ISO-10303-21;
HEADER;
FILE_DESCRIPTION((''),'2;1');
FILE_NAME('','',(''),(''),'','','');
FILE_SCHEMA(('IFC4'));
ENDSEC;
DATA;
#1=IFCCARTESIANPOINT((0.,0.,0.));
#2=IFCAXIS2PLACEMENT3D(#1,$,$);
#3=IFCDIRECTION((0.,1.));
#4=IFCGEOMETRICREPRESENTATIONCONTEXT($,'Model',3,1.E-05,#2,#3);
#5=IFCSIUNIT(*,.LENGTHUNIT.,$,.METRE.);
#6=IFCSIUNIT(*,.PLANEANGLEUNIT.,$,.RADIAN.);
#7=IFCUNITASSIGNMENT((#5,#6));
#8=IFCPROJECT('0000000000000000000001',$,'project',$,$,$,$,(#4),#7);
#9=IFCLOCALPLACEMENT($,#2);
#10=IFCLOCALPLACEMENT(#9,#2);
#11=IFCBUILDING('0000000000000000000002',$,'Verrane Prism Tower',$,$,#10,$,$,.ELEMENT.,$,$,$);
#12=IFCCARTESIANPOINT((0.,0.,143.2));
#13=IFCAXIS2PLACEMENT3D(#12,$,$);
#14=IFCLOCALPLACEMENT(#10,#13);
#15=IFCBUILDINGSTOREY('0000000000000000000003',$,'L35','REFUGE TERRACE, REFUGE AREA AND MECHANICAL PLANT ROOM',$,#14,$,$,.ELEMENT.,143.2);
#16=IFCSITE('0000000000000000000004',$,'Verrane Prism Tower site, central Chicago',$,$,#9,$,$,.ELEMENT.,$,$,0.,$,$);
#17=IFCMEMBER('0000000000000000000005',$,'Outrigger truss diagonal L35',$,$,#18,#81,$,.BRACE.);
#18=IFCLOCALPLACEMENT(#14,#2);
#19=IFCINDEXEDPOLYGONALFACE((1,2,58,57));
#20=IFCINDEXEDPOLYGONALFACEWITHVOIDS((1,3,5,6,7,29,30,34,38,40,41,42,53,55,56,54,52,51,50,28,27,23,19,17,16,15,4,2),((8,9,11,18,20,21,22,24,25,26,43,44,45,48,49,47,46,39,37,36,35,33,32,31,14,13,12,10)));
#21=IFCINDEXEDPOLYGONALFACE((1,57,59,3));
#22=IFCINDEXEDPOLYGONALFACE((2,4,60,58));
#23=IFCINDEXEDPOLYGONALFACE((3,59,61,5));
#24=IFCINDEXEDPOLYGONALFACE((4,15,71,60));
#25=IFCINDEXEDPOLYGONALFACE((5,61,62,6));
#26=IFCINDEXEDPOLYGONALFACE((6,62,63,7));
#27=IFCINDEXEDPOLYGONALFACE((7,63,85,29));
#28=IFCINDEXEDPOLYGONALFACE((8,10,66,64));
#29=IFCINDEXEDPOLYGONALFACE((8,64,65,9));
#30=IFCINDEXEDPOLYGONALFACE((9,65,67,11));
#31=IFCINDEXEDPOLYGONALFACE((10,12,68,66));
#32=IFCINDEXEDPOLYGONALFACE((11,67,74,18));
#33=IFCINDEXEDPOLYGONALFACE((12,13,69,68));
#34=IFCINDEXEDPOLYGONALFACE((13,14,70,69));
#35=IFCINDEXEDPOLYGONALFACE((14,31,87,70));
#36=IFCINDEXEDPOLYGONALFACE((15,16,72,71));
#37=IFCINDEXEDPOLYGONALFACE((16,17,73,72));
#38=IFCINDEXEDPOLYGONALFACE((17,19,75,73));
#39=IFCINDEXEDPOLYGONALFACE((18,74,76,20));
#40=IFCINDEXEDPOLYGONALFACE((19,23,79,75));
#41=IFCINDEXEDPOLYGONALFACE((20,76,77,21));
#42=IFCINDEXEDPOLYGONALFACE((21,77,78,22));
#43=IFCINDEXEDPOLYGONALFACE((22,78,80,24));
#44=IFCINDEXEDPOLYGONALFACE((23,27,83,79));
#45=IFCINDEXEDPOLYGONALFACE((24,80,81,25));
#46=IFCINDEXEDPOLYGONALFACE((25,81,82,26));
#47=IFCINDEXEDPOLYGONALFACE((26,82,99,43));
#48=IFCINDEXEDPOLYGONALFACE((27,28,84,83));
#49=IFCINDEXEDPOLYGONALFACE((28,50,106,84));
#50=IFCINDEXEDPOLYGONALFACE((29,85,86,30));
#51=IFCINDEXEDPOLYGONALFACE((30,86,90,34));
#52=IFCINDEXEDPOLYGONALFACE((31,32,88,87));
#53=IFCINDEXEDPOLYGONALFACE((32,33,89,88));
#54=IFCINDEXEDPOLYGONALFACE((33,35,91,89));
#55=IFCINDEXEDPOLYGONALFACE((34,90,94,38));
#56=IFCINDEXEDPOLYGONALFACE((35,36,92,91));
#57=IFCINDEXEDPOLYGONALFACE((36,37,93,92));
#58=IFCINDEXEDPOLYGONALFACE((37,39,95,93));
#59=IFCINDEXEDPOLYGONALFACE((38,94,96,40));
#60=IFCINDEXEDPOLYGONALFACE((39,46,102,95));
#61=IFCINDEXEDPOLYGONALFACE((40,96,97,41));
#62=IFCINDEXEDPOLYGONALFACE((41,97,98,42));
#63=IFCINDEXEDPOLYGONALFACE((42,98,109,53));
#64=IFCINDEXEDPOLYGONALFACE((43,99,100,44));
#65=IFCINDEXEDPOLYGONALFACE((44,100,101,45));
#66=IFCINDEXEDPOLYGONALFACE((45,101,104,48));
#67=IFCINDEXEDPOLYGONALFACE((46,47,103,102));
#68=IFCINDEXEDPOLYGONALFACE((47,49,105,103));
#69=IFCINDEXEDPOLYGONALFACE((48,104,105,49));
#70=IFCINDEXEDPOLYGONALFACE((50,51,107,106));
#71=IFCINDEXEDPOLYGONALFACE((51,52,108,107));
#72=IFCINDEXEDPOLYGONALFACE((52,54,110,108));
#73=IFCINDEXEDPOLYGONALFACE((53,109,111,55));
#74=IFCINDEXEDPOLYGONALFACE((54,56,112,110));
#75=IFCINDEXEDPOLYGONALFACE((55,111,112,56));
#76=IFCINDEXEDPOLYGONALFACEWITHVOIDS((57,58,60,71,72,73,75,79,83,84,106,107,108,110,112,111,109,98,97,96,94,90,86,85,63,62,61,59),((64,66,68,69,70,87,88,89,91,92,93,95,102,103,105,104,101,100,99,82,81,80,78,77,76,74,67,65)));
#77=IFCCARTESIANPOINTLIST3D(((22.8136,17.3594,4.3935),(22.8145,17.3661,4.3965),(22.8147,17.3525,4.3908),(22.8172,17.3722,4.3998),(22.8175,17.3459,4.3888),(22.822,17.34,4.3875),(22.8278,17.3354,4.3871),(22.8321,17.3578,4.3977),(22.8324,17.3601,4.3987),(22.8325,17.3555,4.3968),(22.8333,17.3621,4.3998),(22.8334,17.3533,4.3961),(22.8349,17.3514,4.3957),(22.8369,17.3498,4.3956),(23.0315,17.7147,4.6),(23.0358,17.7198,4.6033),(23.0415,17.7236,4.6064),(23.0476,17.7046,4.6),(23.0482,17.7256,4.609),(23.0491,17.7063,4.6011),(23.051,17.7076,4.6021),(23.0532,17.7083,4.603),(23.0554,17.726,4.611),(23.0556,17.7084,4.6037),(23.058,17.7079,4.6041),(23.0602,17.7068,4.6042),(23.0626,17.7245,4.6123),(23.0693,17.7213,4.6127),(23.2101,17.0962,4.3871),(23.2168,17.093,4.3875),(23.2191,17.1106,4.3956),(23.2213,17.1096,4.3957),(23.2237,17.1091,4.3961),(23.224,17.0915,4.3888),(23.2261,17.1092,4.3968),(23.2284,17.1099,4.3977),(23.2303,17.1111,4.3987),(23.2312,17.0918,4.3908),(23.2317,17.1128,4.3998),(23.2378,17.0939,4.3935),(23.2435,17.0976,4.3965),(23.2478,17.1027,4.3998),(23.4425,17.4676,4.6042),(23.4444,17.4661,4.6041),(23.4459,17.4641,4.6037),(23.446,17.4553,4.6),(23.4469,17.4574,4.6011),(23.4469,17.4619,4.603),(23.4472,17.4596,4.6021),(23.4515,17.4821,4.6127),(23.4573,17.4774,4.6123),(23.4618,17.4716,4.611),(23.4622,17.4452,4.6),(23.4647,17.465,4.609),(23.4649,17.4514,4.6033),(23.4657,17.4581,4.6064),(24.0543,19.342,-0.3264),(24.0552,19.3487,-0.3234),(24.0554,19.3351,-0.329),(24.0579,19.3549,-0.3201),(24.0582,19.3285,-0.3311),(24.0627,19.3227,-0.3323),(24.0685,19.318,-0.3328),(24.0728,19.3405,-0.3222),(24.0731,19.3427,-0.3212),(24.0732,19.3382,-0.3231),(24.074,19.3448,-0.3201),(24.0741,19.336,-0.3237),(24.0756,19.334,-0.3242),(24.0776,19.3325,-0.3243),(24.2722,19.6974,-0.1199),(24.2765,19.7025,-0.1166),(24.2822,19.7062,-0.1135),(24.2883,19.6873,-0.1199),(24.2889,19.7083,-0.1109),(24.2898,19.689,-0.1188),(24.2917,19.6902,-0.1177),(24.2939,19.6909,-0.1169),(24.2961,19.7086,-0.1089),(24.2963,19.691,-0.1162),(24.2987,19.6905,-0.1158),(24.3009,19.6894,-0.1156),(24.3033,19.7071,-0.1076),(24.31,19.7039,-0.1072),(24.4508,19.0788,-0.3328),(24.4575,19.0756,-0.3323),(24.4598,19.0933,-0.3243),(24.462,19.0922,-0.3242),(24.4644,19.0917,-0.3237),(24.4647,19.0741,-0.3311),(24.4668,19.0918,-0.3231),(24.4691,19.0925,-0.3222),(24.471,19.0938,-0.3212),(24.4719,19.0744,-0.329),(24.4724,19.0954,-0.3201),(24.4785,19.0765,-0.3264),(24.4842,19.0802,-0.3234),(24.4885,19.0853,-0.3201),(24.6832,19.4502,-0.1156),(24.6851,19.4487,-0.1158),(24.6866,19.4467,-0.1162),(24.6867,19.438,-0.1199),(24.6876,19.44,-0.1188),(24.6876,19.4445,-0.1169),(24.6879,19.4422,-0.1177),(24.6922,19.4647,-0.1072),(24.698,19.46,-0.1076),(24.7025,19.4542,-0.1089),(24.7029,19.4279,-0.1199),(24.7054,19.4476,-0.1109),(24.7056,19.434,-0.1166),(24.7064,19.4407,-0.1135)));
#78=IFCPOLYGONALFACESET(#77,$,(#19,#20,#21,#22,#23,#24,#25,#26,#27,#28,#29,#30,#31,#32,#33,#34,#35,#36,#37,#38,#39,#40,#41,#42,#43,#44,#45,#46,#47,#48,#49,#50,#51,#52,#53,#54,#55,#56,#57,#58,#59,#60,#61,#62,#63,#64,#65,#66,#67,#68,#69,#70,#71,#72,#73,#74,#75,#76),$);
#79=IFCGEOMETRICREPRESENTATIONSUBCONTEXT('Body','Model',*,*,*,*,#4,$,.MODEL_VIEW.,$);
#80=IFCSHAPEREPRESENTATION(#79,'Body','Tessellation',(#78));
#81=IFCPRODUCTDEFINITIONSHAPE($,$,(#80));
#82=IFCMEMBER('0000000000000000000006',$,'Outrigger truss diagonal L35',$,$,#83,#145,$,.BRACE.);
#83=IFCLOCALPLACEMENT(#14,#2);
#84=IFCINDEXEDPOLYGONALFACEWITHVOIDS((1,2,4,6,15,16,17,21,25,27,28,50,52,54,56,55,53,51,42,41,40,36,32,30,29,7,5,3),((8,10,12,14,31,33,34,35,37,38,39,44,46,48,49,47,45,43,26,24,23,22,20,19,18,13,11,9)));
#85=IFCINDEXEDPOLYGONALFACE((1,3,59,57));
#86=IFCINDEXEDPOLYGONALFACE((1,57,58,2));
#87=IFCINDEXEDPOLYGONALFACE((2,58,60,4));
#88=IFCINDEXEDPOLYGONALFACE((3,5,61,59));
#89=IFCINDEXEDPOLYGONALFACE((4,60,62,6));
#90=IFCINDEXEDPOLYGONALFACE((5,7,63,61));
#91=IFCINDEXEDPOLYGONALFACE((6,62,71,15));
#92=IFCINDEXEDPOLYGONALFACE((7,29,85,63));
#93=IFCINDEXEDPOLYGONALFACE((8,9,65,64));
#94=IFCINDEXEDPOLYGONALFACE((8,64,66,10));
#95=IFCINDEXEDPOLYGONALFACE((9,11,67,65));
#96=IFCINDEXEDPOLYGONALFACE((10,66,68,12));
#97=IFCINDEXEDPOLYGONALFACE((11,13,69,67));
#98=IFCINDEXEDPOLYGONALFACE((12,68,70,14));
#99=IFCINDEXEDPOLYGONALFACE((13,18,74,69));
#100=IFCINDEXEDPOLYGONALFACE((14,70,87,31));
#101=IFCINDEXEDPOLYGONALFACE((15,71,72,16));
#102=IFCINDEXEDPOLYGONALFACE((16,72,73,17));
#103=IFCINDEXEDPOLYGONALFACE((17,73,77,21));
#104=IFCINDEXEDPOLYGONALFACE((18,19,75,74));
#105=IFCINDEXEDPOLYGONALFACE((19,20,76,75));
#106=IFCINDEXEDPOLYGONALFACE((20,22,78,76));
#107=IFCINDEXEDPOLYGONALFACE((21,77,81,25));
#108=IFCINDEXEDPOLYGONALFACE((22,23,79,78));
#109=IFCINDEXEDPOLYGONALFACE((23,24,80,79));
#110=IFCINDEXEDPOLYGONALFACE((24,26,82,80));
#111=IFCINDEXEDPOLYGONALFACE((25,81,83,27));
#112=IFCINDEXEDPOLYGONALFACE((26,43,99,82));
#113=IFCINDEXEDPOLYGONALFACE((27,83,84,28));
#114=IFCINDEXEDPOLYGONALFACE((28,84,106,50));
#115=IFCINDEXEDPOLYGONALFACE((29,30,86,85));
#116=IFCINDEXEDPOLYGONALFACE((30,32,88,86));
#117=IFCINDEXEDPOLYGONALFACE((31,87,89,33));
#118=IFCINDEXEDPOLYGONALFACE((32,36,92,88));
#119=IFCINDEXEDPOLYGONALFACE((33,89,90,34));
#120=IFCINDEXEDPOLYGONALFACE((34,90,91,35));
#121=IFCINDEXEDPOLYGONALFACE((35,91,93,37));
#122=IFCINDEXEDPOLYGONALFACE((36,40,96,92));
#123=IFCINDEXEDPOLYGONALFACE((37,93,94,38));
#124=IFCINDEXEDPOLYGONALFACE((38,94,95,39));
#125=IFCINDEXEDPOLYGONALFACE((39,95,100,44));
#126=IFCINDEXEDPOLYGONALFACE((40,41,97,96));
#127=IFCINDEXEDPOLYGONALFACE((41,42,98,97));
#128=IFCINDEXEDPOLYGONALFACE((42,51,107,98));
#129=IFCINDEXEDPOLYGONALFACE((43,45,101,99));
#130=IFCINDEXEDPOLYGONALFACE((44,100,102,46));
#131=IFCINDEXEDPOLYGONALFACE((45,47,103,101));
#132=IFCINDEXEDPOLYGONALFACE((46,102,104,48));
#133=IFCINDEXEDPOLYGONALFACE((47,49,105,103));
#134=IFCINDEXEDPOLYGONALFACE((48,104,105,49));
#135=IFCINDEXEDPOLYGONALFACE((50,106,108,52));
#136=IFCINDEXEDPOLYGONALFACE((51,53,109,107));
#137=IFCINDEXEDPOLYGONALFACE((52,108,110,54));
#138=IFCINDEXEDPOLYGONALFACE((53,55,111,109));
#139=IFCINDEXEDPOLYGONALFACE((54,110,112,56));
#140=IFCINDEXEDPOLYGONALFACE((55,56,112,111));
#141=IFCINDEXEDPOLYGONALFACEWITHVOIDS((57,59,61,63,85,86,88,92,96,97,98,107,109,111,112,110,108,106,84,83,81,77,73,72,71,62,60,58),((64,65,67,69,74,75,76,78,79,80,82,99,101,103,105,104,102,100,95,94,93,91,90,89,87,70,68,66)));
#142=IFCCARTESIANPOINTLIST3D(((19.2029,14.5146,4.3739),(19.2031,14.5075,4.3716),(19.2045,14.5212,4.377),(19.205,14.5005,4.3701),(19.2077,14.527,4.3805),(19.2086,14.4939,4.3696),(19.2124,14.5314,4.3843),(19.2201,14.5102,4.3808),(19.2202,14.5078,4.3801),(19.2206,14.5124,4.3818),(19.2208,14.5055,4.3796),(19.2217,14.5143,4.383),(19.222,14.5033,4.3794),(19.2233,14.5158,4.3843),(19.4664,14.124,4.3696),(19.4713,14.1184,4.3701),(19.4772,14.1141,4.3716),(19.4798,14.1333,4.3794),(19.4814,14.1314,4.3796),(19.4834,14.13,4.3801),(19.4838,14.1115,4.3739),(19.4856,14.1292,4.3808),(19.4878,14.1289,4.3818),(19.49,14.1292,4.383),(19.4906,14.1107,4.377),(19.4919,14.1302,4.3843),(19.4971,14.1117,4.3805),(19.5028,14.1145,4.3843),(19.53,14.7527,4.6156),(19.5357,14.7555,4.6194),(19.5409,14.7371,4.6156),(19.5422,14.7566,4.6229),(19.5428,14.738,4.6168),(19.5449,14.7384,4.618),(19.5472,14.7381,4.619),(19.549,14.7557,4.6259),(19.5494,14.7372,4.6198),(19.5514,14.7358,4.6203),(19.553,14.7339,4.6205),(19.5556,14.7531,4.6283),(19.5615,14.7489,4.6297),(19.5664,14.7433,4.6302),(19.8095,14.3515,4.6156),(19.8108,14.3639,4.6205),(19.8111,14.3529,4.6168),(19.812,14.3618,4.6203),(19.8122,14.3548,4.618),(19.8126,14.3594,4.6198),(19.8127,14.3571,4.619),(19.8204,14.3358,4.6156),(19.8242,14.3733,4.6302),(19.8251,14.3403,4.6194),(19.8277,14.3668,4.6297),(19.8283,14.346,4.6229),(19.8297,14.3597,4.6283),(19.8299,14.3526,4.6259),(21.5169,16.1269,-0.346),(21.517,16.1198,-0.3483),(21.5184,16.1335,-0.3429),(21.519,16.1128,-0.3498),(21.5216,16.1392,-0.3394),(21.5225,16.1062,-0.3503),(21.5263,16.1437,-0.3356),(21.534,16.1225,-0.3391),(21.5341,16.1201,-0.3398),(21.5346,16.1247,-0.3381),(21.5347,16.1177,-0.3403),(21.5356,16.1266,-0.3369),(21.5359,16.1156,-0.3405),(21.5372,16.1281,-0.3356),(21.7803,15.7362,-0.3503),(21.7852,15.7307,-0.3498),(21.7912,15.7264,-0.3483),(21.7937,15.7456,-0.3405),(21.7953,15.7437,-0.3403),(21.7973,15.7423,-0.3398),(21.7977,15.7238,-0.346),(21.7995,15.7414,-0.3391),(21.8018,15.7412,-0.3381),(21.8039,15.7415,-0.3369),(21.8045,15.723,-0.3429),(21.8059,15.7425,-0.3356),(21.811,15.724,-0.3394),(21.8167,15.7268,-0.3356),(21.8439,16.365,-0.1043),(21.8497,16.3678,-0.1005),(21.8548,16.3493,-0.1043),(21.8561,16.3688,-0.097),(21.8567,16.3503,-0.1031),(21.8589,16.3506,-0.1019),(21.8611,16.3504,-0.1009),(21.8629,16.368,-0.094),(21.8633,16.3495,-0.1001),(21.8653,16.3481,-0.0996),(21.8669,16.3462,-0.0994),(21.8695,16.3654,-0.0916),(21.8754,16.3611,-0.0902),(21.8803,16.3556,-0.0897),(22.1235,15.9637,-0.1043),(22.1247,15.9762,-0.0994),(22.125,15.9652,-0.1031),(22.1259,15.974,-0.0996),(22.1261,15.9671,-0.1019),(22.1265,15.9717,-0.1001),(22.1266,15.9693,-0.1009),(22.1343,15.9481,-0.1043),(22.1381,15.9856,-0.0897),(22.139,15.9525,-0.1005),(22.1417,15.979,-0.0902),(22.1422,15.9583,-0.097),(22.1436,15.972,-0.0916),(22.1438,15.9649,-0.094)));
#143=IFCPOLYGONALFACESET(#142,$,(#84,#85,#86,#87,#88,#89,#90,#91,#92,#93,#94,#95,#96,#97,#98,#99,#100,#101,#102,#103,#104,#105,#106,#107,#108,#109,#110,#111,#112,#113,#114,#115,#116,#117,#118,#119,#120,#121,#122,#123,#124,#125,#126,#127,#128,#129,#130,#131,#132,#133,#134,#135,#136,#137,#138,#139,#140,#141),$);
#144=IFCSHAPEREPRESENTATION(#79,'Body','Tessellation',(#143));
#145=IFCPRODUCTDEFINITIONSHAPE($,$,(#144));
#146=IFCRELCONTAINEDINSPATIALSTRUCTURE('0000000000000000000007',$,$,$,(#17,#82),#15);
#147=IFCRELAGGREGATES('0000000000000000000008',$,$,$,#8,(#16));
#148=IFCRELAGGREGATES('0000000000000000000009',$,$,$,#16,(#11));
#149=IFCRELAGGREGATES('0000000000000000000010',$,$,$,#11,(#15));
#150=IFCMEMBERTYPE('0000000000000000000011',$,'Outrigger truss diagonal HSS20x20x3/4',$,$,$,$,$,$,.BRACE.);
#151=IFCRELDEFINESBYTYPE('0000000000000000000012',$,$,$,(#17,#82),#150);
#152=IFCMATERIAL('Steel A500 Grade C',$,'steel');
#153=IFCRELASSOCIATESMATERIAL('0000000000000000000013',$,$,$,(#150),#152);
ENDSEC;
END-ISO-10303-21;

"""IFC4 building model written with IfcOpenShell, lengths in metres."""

from ifc_helpers import new_model, si_unit, direction, frame, origin, origin_2d, place, context, subcontext, project, spatial, hollow_rectangle, extrude, material, material_profile, profile_set, type_object, element, save


model = new_model("IFC4")

# Units and contexts
model_context = context("Model", 3, precision=1e-05, world=origin(), true_north=direction((0.0, 1.0)))
body_context = subcontext(model_context, "Body", "Model", "MODEL_VIEW")
ifc_project = project(units=[si_unit("LENGTHUNIT", "METRE"), si_unit("PLANEANGLEUNIT", "RADIAN")], contexts=[model_context])

# Site, building, storey
site_placement = place(None, origin())
site = spatial("IfcSite", under=ifc_project, at=site_placement, Name="Verrane Prism Tower site, central Chicago", CompositionType="ELEMENT", RefElevation=0.0)
building_placement = place(site_placement, origin())
building = spatial("IfcBuilding", under=site, at=building_placement, Name="Verrane Prism Tower", CompositionType="ELEMENT")
storey_placement = place(building_placement, frame((0.0, 0.0, 143.2)))
storey = spatial("IfcBuildingStorey", under=building, at=storey_placement, Name="L35", Description="REFUGE TERRACE, REFUGE AREA AND MECHANICAL PLANT ROOM", CompositionType="ELEMENT", Elevation=143.2)

# Members
ifc_material_1 = material(Name="Steel A500 Grade C", Category="steel")
ifc_material_profile_1 = material_profile(ifc_material_1, hollow_rectangle(XDim=0.5081, YDim=0.5081, WallThickness=0.019, InnerFilletRadius=0.0095, OuterFilletRadius=0.0286, at=origin_2d()), Name="HSS20x20x3/4")
ifc_profile_set_1 = profile_set([ifc_material_profile_1], Name="Steel A500 Grade C")
member_type_1 = type_object("IfcMemberType", Name="Outrigger truss diagonal HSS20x20x3/4", PredefinedType="BRACE", material=ifc_profile_set_1)
member_1_placement = place(storey_placement, frame((24.3804, 19.3914, -0.22), z_axis=(-0.235535, -0.376383, 0.896024), x_axis=(0.847699, -0.530477, 0.0)))
element("IfcMember", 1, at=member_1_placement, inside=storey, type_object=member_type_1, Name="Outrigger truss diagonal L35", PredefinedType="BRACE", context=body_context, shape_type="SweptSolid", body=[
    extrude(hollow_rectangle(XDim=0.5081, YDim=0.5081, WallThickness=0.019, InnerFilletRadius=0.0095, OuterFilletRadius=0.0286, at=origin_2d()), origin(), (0.0, 0.0, 1.0), 5.2676),
])
member_2_placement = place(storey_placement, frame((21.8303, 16.0459, -0.22), z_axis=(-0.420846, -0.293233, 0.858431), x_axis=(0.571683, -0.820474, 0.0)))
element("IfcMember", 2, at=member_2_placement, inside=storey, type_object=member_type_1, Name="Outrigger truss diagonal L35", PredefinedType="BRACE", context=body_context, shape_type="SweptSolid", body=[
    extrude(hollow_rectangle(XDim=0.5081, YDim=0.5081, WallThickness=0.019, InnerFilletRadius=0.0095, OuterFilletRadius=0.0286, at=origin_2d()), origin(), (0.0, 0.0, 1.0), 5.4983),
])

save(model, "model.ifc")
